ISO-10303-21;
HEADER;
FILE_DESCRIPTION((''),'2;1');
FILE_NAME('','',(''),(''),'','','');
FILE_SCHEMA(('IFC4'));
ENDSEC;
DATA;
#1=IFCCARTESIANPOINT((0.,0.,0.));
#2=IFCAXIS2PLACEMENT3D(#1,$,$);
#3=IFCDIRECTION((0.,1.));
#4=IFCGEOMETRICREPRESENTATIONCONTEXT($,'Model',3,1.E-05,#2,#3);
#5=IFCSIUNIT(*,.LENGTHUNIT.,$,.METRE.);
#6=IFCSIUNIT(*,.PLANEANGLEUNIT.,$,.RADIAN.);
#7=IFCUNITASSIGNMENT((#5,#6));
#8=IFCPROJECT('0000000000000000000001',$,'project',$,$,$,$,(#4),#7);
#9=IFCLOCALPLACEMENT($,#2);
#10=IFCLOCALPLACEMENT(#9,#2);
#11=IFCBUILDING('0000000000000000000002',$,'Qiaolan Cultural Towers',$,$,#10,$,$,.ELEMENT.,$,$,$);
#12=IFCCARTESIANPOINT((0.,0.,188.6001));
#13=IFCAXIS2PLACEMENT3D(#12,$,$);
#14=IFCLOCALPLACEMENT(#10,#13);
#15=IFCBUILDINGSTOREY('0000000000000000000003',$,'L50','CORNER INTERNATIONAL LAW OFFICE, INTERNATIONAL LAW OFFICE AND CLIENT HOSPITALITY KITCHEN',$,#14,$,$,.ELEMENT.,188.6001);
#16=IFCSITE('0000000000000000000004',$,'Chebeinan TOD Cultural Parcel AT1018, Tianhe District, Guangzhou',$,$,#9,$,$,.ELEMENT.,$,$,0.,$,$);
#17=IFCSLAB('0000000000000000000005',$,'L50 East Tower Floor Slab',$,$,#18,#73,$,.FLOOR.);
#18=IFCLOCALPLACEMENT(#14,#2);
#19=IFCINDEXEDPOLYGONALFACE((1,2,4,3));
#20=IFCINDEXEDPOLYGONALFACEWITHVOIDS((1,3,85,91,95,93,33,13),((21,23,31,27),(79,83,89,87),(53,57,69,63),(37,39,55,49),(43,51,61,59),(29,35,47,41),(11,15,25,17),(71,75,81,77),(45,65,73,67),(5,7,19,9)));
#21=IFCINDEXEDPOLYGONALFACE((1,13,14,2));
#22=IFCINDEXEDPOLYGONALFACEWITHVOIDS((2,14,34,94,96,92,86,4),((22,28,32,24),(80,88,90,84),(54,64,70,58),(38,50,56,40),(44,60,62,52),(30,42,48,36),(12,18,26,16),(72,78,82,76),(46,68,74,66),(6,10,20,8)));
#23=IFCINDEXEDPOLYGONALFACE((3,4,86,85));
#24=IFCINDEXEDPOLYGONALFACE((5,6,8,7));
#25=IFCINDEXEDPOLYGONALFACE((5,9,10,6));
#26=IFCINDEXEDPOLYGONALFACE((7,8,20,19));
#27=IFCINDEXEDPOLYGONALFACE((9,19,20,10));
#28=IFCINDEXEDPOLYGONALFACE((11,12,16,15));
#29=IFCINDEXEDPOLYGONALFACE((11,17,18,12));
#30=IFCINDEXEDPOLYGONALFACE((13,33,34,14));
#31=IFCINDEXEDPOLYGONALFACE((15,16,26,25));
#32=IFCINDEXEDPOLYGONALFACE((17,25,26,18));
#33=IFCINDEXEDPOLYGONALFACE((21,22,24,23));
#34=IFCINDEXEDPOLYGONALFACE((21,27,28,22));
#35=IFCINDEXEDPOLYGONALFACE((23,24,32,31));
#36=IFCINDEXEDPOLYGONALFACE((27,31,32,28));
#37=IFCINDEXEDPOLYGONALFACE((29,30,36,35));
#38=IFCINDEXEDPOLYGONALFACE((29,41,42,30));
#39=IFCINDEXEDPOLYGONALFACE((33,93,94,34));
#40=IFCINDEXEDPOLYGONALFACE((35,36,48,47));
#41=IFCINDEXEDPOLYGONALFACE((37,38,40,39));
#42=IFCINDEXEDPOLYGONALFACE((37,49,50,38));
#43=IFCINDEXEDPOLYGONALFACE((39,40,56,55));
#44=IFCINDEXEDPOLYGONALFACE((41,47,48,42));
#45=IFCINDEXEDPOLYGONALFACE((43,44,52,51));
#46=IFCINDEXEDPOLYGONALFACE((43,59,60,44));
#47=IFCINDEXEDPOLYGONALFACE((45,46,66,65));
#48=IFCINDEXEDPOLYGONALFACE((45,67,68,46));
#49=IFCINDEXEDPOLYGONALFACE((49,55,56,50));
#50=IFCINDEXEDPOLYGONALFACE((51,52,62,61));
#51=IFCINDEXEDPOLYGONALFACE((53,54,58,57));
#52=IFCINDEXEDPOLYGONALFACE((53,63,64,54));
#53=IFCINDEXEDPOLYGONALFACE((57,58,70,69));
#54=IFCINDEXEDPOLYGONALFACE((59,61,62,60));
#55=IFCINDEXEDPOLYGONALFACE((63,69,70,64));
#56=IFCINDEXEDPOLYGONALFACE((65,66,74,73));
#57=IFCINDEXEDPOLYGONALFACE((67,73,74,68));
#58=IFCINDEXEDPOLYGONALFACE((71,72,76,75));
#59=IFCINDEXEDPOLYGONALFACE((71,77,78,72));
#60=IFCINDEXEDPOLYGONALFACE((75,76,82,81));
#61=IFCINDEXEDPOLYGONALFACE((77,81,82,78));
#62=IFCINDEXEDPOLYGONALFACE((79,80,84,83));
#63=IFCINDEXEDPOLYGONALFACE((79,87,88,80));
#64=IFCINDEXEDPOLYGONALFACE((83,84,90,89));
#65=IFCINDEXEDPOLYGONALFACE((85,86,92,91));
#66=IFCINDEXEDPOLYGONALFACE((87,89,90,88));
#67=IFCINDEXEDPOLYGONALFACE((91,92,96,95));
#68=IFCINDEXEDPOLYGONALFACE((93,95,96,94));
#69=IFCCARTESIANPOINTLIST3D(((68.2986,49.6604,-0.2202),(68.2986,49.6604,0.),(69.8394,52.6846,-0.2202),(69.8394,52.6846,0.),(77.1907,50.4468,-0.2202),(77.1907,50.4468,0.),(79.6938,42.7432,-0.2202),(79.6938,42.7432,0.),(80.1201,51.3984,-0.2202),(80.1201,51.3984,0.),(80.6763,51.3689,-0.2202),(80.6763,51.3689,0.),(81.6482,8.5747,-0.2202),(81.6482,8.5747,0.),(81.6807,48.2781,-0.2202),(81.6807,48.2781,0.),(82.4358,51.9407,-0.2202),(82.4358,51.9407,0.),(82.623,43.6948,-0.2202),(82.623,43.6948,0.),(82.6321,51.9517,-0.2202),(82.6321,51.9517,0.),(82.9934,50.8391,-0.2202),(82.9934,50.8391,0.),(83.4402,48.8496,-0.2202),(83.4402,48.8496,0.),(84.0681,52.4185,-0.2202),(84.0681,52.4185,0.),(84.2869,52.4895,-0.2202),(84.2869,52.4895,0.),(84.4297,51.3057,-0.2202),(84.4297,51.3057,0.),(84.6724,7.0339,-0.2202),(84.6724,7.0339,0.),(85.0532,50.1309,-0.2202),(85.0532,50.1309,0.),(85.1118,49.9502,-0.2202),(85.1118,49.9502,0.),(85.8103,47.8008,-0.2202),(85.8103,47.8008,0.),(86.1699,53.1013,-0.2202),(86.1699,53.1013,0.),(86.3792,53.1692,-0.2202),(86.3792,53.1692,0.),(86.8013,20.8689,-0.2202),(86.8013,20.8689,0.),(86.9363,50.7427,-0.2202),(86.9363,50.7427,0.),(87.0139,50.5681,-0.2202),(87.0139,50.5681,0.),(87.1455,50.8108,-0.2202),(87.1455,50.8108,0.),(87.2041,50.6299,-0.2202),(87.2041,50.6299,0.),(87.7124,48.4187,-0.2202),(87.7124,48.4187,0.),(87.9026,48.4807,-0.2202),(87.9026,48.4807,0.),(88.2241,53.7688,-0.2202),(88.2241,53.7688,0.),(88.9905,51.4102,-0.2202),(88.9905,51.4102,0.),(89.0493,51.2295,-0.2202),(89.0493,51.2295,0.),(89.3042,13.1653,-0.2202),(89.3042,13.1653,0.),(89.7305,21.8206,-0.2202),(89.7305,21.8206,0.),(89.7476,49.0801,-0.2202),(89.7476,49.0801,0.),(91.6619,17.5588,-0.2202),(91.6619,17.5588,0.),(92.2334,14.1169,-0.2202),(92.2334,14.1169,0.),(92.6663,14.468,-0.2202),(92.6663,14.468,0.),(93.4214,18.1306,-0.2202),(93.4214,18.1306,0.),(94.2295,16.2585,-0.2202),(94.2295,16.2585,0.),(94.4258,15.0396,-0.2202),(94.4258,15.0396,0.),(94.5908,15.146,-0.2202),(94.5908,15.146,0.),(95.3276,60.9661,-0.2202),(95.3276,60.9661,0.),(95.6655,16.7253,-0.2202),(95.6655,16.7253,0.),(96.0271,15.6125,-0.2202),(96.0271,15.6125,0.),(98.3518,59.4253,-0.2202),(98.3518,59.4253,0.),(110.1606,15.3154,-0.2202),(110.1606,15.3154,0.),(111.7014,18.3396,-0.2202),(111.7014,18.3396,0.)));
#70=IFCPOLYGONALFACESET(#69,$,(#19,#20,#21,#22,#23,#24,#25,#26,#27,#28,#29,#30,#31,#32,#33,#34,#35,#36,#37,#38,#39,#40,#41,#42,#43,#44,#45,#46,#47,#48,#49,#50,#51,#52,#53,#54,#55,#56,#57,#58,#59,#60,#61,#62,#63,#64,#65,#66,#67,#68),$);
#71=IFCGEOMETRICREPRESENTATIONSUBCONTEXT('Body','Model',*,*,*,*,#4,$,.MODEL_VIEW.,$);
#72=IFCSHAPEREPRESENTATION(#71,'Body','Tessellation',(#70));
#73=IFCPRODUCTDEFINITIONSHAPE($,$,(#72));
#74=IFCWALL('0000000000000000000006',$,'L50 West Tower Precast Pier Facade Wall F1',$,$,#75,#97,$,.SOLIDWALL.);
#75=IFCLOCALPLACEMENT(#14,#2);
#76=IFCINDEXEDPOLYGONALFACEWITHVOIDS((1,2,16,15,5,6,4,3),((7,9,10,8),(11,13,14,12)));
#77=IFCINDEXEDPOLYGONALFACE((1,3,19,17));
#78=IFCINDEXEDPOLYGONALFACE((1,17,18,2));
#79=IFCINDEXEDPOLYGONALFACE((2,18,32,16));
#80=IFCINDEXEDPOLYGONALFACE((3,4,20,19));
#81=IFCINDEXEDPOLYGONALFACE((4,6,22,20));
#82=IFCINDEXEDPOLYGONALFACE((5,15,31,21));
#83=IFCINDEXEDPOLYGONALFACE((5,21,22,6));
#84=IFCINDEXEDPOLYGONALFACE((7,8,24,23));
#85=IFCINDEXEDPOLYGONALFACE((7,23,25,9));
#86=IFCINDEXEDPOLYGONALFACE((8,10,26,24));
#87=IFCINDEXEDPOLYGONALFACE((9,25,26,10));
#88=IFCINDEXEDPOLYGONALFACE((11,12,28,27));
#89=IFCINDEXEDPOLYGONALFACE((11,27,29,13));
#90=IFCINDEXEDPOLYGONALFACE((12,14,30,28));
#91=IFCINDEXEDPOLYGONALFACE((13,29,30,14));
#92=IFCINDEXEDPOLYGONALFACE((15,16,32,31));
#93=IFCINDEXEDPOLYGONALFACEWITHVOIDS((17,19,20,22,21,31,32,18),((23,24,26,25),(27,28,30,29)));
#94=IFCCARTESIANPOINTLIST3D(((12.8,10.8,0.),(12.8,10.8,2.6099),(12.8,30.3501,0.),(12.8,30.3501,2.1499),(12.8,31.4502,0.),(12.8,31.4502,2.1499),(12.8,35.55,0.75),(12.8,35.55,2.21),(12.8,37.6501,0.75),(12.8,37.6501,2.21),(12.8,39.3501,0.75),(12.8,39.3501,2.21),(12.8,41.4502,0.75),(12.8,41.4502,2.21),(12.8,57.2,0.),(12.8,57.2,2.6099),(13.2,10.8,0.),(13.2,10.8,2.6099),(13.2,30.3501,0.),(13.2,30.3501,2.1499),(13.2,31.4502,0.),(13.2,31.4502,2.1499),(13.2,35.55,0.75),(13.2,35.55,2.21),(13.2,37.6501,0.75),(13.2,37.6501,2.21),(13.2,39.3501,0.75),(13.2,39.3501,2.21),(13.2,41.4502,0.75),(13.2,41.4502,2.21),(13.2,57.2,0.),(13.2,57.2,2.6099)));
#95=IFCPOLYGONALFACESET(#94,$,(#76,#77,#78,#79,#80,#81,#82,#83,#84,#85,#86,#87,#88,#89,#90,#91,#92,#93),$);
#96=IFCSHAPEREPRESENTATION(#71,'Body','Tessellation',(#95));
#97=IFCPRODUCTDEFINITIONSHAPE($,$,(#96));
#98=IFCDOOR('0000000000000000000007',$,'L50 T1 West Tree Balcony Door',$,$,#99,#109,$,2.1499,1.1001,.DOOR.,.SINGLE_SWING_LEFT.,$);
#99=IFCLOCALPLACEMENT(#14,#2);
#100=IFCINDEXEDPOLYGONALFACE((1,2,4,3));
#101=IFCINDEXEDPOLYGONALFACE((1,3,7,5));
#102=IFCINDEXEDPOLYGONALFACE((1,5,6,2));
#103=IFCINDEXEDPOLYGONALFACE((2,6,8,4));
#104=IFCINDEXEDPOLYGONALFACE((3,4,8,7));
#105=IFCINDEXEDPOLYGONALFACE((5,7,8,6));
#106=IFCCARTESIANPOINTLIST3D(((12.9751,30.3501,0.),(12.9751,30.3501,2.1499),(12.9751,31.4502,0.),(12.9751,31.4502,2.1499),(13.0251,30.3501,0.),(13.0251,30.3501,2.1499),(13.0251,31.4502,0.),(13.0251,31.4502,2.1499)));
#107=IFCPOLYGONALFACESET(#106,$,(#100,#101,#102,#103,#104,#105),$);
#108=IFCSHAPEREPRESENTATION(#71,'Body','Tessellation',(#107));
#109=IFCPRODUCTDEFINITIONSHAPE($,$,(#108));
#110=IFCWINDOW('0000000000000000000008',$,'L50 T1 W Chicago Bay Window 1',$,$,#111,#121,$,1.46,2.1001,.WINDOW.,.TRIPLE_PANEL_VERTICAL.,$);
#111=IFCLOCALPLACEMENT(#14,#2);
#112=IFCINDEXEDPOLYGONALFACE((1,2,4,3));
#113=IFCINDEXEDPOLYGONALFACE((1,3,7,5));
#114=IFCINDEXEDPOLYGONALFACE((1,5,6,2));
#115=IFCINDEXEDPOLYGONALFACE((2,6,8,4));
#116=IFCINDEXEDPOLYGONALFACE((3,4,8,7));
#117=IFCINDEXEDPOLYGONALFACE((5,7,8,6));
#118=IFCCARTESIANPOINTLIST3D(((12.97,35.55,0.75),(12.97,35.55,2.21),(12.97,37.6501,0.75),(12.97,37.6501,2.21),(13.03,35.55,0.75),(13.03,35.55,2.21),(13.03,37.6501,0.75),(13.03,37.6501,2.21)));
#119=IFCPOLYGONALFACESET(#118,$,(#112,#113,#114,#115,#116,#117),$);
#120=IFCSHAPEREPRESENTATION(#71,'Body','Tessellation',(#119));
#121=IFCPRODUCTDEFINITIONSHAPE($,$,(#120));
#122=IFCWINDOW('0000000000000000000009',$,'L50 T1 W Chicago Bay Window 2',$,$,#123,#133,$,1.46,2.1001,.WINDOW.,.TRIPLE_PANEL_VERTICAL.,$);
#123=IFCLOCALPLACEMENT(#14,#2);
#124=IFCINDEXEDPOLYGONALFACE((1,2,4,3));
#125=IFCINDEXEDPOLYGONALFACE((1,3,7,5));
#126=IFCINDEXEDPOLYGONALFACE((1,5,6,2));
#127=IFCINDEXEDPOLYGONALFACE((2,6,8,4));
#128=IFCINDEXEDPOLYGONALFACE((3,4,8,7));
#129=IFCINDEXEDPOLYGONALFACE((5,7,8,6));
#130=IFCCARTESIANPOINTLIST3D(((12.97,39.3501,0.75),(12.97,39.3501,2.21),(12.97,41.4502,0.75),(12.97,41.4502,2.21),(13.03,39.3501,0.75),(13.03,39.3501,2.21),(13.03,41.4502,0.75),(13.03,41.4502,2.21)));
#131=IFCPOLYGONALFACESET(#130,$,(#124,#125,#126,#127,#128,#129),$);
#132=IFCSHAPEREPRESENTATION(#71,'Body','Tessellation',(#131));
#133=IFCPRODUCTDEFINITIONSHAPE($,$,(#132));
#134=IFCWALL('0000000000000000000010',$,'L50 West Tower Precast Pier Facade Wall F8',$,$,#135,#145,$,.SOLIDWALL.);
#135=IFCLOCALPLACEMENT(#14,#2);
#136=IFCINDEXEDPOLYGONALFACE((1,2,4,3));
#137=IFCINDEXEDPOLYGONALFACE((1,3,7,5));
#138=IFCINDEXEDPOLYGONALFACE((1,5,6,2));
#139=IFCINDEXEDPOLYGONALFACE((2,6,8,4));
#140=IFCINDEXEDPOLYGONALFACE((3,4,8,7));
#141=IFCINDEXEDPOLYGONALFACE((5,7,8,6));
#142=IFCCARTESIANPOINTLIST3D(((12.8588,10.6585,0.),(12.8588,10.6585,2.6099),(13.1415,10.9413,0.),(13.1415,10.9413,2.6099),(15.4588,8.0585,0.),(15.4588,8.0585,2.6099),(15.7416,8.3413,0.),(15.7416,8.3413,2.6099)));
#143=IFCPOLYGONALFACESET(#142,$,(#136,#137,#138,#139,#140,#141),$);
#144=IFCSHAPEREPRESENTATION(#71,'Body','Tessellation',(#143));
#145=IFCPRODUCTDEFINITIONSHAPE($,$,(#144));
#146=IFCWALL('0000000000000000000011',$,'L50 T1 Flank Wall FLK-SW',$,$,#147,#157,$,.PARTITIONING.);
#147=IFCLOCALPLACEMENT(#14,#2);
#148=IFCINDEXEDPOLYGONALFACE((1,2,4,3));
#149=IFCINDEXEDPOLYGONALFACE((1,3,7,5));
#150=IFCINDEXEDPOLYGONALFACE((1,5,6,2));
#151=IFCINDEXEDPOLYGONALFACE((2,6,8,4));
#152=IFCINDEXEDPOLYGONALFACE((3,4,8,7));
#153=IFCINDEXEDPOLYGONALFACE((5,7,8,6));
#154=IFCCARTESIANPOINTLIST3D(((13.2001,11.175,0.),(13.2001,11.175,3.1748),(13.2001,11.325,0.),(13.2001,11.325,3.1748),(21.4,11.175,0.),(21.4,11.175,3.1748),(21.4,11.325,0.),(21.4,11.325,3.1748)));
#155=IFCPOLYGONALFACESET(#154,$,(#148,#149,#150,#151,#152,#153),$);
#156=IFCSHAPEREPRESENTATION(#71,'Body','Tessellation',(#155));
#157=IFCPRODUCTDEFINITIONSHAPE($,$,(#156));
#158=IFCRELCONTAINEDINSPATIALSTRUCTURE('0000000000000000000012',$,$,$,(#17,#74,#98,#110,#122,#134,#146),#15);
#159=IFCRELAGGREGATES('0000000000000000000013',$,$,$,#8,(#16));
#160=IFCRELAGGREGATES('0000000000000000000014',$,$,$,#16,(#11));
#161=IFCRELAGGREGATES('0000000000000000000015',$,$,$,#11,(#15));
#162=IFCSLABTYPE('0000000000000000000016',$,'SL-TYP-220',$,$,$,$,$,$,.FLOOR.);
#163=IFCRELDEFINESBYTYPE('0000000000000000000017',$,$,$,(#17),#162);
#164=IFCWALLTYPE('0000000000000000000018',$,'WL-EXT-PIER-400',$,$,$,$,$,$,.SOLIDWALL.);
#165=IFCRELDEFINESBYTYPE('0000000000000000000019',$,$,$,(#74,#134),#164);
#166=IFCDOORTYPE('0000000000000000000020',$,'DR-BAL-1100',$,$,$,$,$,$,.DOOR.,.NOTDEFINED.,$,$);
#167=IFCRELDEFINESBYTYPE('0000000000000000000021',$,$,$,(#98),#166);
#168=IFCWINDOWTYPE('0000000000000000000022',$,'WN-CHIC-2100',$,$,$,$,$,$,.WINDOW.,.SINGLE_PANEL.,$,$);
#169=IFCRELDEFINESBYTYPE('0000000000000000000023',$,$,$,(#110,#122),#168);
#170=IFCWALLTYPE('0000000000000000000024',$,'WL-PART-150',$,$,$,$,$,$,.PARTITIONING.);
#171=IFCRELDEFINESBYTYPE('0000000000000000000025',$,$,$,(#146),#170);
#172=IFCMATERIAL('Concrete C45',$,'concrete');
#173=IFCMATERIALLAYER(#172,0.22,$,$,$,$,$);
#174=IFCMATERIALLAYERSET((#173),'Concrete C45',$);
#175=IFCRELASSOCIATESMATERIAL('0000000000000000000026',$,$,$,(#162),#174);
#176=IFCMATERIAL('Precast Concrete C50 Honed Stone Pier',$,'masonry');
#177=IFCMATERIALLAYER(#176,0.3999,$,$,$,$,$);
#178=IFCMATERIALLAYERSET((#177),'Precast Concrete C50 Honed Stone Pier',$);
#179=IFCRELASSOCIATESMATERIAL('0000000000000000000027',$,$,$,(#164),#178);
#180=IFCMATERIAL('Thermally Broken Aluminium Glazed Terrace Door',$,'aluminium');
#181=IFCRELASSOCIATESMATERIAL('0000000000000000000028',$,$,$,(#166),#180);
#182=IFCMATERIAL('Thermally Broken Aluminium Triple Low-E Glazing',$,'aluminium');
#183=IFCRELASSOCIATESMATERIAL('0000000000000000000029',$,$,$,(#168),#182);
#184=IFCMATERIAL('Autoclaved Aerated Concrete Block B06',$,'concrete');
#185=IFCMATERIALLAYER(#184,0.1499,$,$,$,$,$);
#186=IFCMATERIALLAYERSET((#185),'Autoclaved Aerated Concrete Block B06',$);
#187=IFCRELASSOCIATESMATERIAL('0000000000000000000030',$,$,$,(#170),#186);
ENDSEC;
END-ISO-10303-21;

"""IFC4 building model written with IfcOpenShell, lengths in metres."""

from ifc_helpers import new_model, si_unit, direction, frame, frame_2d, origin, place, context, subcontext, project, spatial, polyline, rectangle, outline, extrude, material, layer, layer_set, type_object, element, fill, save


model = new_model("IFC4")

# Units and contexts
model_context = context("Model", 3, precision=1e-05, world=origin(), true_north=direction((0.0, 1.0)))
body_context = subcontext(model_context, "Body", "Model", "MODEL_VIEW")
ifc_project = project(units=[si_unit("LENGTHUNIT", "METRE"), si_unit("PLANEANGLEUNIT", "RADIAN")], contexts=[model_context])

# Site, building, storey
site_placement = place(None, origin())
site = spatial("IfcSite", under=ifc_project, at=site_placement, Name="Chebeinan TOD Cultural Parcel AT1018, Tianhe District, Guangzhou", CompositionType="ELEMENT", RefElevation=0.0)
building_placement = place(site_placement, origin())
building = spatial("IfcBuilding", under=site, at=building_placement, Name="Qiaolan Cultural Towers", CompositionType="ELEMENT")
storey_placement = place(building_placement, frame((0.0, 0.0, 188.6001)))
storey = spatial("IfcBuildingStorey", under=building, at=storey_placement, Name="L50", Description="CORNER INTERNATIONAL LAW OFFICE, INTERNATIONAL LAW OFFICE AND CLIENT HOSPITALITY KITCHEN", CompositionType="ELEMENT", Elevation=188.6001)

# Slab
ifc_material_1 = material(Name="Concrete C45", Category="concrete")
ifc_layer_1 = layer(ifc_material_1, 0.22)
ifc_layer_set_1 = layer_set([ifc_layer_1], Name="Concrete C45")
slab_type_1 = type_object("IfcSlabType", Name="SL-TYP-220", PredefinedType="FLOOR", material=ifc_layer_set_1)
slab_1_placement = place(storey_placement, frame((0.0, 0.0, -0.2202)))
element("IfcSlab", 1, at=slab_1_placement, inside=storey, type_object=slab_type_1, Name="L50 East Tower Floor Slab", PredefinedType="FLOOR", context=body_context, shape_type="SweptSolid", body=[
    extrude(outline(polyline([(84.6724, 7.0339), (110.1606, 15.3154), (111.7014, 18.3396), (98.3518, 59.4253), (95.3276, 60.9661), (69.8394, 52.6846), (68.2986, 49.6604), (81.6482, 8.5747), (84.6724, 7.0339)]), holes=[polyline([(86.8013, 20.8689), (89.3042, 13.1653), (92.2334, 14.1169), (89.7305, 21.8206), (86.8013, 20.8689)]), polyline([(82.623, 43.6948), (80.1201, 51.3984), (77.1907, 50.4468), (79.6938, 42.7432), (82.623, 43.6948)]), polyline([(92.6663, 14.468), (94.4258, 15.0396), (93.4214, 18.1306), (91.6619, 17.5588), (92.6663, 14.468)]), polyline([(94.5908, 15.146), (96.0271, 15.6125), (95.6655, 16.7253), (94.2295, 16.2585), (94.5908, 15.146)]), polyline([(81.6807, 48.2781), (83.4402, 48.8496), (82.4358, 51.9407), (80.6763, 51.3689), (81.6807, 48.2781)]), polyline([(82.9934, 50.8391), (84.4297, 51.3057), (84.0681, 52.4185), (82.6321, 51.9517), (82.9934, 50.8391)]), polyline([(85.8103, 47.8008), (87.7124, 48.4187), (87.0139, 50.5681), (85.1118, 49.9502), (85.8103, 47.8008)]), polyline([(87.9026, 48.4807), (89.7476, 49.0801), (89.0493, 51.2295), (87.2041, 50.6299), (87.9026, 48.4807)]), polyline([(85.0532, 50.1309), (86.9363, 50.7427), (86.1699, 53.1013), (84.2869, 52.4895), (85.0532, 50.1309)]), polyline([(87.1455, 50.8108), (88.9905, 51.4102), (88.2241, 53.7688), (86.3792, 53.1692), (87.1455, 50.8108)])]), origin(), (0.0, 0.0, 1.0), 0.2202),
])

# Wall, openings, door, windows
ifc_material_2 = material(Name="Precast Concrete C50 Honed Stone Pier", Category="masonry")
ifc_layer_2 = layer(ifc_material_2, 0.3999)
ifc_layer_set_2 = layer_set([ifc_layer_2], Name="Precast Concrete C50 Honed Stone Pier")
wall_type_1 = type_object("IfcWallType", Name="WL-EXT-PIER-400", PredefinedType="SOLIDWALL", material=ifc_layer_set_2)
wall_1_placement = place(storey_placement, frame((13.0, 10.8, 0.0), z_axis=(0.0, 0.0, 1.0), x_axis=(0.0, 1.0, 0.0)))
wall_1 = element("IfcWall", 2, at=wall_1_placement, inside=storey, type_object=wall_type_1, Name="L50 West Tower Precast Pier Facade Wall F1", PredefinedType="SOLIDWALL", context=body_context, shape_type="SweptSolid", body=[
    extrude(rectangle(XDim=46.3999, YDim=0.3999, at=frame_2d((23.2, 0.0))), origin(), (0.0, 0.0, 1.0), 2.6099),
])
opening_1_placement = place(wall_1_placement, frame((24.75, 0.0, 0.75)))
opening_1 = element("IfcOpeningElement", 3, at=opening_1_placement, cuts=wall_1, PredefinedType="OPENING", context=body_context, shape_type="SweptSolid", body=[
    extrude(rectangle(XDim=2.1001, YDim=1.46, at=frame_2d((1.05, 0.73))), frame((0.0, 0.21, 0.0), z_axis=(0.0, -1.0, 0.0), x_axis=(1.0, 0.0, 0.0)), (0.0, 0.0, 1.0), 0.4199),
])
opening_2_placement = place(wall_1_placement, frame((28.55, 0.0, 0.75)))
opening_2 = element("IfcOpeningElement", 4, at=opening_2_placement, cuts=wall_1, PredefinedType="OPENING", context=body_context, shape_type="SweptSolid", body=[
    extrude(rectangle(XDim=2.1001, YDim=1.46, at=frame_2d((1.05, 0.73))), frame((0.0, 0.21, 0.0), z_axis=(0.0, -1.0, 0.0), x_axis=(1.0, 0.0, 0.0)), (0.0, 0.0, 1.0), 0.4199),
])
opening_3_placement = place(wall_1_placement, frame((19.55, 0.0, 0.0)))
opening_3 = element("IfcOpeningElement", 5, at=opening_3_placement, cuts=wall_1, PredefinedType="OPENING", context=body_context, shape_type="SweptSolid", body=[
    extrude(rectangle(XDim=1.1001, YDim=2.1499, at=frame_2d((0.55, 1.075))), frame((0.0, 0.21, 0.0), z_axis=(0.0, -1.0, 0.0), x_axis=(1.0, 0.0, 0.0)), (0.0, 0.0, 1.0), 0.4199),
])
ifc_material_3 = material(Name="Thermally Broken Aluminium Glazed Terrace Door", Category="aluminium")
door_type = type_object("IfcDoorType", Name="DR-BAL-1100", OperationType="NOTDEFINED", PredefinedType="DOOR", material=ifc_material_3)
door_placement = place(opening_3_placement, origin())
door = element("IfcDoor", 6, at=door_placement, inside=storey, type_object=door_type, Name="L50 T1 West Tree Balcony Door", OperationType="SINGLE_SWING_LEFT", OverallHeight=2.1499, OverallWidth=1.1001, PredefinedType="DOOR", context=body_context, shape_type="SweptSolid", body=[
    extrude(rectangle(XDim=1.1001, YDim=2.1499, at=frame_2d((0.55, 1.075))), frame((0.0, 0.0249, 0.0), z_axis=(0.0, -1.0, 0.0), x_axis=(1.0, 0.0, 0.0)), (0.0, 0.0, 1.0), 0.05),
])
fill(opening_3, door)
ifc_material_4 = material(Name="Thermally Broken Aluminium Triple Low-E Glazing", Category="aluminium")
window_type = type_object("IfcWindowType", Name="WN-CHIC-2100", PartitioningType="SINGLE_PANEL", PredefinedType="WINDOW", material=ifc_material_4)
window_1_placement = place(opening_1_placement, origin())
window_1 = element("IfcWindow", 7, at=window_1_placement, inside=storey, type_object=window_type, Name="L50 T1 W Chicago Bay Window 1", OverallHeight=1.46, OverallWidth=2.1001, PartitioningType="TRIPLE_PANEL_VERTICAL", PredefinedType="WINDOW", context=body_context, shape_type="SweptSolid", body=[
    extrude(rectangle(XDim=2.1001, YDim=1.46, at=frame_2d((1.05, 0.73))), frame((0.0, 0.03, 0.0), z_axis=(0.0, -1.0, 0.0), x_axis=(1.0, 0.0, 0.0)), (0.0, 0.0, 1.0), 0.0601),
])
fill(opening_1, window_1)
window_2_placement = place(opening_2_placement, origin())
window_2 = element("IfcWindow", 8, at=window_2_placement, inside=storey, type_object=window_type, Name="L50 T1 W Chicago Bay Window 2", OverallHeight=1.46, OverallWidth=2.1001, PartitioningType="TRIPLE_PANEL_VERTICAL", PredefinedType="WINDOW", context=body_context, shape_type="SweptSolid", body=[
    extrude(rectangle(XDim=2.1001, YDim=1.46, at=frame_2d((1.05, 0.73))), frame((0.0, 0.03, 0.0), z_axis=(0.0, -1.0, 0.0), x_axis=(1.0, 0.0, 0.0)), (0.0, 0.0, 1.0), 0.0601),
])
fill(opening_2, window_2)

# Walls
wall_2_placement = place(storey_placement, frame((15.6001, 8.2, 0.0), z_axis=(0.0, 0.0, 1.0), x_axis=(-0.707107, 0.707107, 0.0)))
element("IfcWall", 9, at=wall_2_placement, inside=storey, type_object=wall_type_1, Name="L50 West Tower Precast Pier Facade Wall F8", PredefinedType="SOLIDWALL", context=body_context, shape_type="SweptSolid", body=[
    extrude(rectangle(XDim=3.677, YDim=0.3999, at=frame_2d((1.8384, 0.0))), origin(), (0.0, 0.0, 1.0), 2.6099),
])
ifc_material_5 = material(Name="Autoclaved Aerated Concrete Block B06", Category="concrete")
ifc_layer_3 = layer(ifc_material_5, 0.1499)
ifc_layer_set_3 = layer_set([ifc_layer_3], Name="Autoclaved Aerated Concrete Block B06")
wall_type_2 = type_object("IfcWallType", Name="WL-PART-150", PredefinedType="PARTITIONING", material=ifc_layer_set_3)
wall_3_placement = place(storey_placement, frame((13.2, 11.25, 0.0), z_axis=(0.0, 0.0, 1.0), x_axis=(1.0, 0.0, 0.0)))
element("IfcWall", 10, at=wall_3_placement, inside=storey, type_object=wall_type_2, Name="L50 T1 Flank Wall FLK-SW", PredefinedType="PARTITIONING", context=body_context, shape_type="SweptSolid", body=[
    extrude(rectangle(XDim=8.2, YDim=0.1499, at=frame_2d((4.1001, 0.0))), origin(), (0.0, 0.0, 1.0), 3.1748),
])

save(model, "model.ifc")
